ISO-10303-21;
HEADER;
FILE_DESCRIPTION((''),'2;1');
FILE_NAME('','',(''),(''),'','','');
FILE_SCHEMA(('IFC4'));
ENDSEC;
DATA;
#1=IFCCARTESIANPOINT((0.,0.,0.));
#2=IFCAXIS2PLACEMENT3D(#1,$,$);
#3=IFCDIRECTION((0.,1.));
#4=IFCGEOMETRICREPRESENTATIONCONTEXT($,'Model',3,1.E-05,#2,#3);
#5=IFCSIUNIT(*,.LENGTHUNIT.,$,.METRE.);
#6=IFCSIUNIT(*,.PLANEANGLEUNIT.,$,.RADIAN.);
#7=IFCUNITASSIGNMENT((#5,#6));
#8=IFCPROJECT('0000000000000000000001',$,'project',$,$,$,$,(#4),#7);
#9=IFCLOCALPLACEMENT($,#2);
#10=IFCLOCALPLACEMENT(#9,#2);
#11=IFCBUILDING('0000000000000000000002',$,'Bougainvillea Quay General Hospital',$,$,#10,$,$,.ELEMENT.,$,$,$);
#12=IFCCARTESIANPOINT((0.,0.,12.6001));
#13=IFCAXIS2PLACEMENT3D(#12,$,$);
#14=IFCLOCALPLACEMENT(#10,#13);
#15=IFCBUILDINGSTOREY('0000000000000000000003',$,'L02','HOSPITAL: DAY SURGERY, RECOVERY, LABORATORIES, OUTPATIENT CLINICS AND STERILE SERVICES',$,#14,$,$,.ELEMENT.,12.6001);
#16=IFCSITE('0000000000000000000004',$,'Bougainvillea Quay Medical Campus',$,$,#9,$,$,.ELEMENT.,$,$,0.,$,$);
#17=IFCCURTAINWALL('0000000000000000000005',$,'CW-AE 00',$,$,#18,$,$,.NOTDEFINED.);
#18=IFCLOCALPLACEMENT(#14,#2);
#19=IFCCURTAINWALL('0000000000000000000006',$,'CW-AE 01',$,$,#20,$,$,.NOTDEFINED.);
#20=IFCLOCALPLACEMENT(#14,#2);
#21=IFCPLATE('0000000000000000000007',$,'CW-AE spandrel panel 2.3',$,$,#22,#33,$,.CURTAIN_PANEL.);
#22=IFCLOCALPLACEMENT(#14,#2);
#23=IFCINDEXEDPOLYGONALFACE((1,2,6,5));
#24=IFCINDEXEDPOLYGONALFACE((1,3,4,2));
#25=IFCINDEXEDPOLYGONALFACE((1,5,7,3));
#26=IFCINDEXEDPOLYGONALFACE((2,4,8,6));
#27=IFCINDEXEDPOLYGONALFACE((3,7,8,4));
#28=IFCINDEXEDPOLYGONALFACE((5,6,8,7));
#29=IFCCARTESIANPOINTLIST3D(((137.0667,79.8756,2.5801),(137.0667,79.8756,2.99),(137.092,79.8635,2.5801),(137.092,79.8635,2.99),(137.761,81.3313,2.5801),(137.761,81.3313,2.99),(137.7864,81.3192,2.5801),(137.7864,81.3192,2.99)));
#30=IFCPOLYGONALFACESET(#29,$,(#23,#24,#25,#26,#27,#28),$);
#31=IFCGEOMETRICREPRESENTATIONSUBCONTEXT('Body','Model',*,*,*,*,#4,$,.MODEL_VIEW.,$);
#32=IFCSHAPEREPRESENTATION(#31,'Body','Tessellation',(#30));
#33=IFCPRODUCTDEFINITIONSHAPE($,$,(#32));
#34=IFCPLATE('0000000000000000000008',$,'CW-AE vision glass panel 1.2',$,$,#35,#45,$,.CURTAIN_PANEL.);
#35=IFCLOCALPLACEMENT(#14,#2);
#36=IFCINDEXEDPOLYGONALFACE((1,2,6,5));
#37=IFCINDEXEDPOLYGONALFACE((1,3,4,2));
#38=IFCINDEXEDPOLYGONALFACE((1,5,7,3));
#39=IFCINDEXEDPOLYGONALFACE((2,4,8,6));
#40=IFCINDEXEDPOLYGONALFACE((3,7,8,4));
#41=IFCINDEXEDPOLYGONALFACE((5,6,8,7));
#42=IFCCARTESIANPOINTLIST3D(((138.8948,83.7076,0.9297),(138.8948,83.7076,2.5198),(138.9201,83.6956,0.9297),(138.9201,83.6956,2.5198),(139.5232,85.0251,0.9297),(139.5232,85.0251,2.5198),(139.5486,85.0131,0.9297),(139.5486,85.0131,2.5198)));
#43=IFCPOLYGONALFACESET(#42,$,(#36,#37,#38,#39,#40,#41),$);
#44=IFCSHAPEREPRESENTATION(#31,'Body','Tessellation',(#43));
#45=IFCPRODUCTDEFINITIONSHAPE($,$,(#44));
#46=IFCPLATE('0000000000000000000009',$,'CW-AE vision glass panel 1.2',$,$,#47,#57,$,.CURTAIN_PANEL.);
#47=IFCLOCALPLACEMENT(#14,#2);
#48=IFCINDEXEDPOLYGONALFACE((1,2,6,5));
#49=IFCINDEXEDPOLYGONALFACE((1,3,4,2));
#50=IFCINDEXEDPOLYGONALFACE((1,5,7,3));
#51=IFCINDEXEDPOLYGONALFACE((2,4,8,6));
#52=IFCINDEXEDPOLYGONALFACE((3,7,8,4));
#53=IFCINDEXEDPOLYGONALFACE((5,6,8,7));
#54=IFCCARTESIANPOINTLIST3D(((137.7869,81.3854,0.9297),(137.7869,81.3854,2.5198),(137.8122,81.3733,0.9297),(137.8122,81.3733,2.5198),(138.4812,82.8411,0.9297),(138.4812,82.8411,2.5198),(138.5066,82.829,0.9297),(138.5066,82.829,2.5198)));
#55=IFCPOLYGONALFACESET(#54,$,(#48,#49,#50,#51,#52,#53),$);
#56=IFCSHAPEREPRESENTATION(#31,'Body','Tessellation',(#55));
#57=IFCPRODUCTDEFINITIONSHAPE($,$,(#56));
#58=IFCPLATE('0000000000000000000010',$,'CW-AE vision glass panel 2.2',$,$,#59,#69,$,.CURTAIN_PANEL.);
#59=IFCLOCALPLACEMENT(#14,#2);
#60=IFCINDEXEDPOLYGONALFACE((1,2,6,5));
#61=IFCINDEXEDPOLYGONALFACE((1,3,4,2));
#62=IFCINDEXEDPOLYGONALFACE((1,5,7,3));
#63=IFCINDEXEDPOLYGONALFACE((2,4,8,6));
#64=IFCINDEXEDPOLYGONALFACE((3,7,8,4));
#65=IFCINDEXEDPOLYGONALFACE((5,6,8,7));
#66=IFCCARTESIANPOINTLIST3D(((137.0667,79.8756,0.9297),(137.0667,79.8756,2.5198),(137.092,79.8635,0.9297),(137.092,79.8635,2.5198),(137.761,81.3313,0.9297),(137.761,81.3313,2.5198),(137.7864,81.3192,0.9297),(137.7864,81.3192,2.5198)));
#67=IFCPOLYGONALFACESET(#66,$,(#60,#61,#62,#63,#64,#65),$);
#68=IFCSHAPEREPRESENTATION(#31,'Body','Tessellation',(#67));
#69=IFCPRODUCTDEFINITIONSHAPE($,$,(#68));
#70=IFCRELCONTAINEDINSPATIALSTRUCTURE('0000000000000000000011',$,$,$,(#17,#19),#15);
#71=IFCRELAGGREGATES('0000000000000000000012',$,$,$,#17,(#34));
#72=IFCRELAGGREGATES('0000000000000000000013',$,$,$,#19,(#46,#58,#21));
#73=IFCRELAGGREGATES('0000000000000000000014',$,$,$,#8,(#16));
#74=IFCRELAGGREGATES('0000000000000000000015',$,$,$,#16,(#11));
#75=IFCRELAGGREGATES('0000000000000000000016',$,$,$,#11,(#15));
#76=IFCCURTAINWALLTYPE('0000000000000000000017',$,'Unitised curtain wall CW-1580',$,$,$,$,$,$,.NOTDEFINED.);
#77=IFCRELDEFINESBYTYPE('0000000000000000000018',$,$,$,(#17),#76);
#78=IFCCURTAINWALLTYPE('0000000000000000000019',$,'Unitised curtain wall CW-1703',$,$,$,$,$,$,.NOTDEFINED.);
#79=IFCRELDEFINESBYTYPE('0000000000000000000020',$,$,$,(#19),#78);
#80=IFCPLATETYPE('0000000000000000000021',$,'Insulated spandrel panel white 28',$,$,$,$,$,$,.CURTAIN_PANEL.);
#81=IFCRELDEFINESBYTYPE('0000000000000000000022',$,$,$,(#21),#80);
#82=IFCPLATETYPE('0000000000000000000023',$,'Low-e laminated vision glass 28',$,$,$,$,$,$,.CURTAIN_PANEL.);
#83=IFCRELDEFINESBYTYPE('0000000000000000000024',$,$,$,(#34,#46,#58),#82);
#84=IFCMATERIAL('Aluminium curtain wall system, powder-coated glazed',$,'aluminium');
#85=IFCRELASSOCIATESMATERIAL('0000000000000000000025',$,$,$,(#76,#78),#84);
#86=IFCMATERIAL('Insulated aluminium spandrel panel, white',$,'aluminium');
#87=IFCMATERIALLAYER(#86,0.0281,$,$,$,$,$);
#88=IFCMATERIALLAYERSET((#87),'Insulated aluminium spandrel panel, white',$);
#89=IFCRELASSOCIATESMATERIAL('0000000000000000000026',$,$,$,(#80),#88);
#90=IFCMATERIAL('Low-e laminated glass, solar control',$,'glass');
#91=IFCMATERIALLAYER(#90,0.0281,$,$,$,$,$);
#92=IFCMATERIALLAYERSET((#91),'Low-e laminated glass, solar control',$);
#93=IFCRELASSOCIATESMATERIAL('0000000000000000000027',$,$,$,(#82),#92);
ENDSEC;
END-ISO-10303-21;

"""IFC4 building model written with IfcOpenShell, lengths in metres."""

from ifc_helpers import new_model, si_unit, direction, frame, origin, origin_2d, place, context, subcontext, project, spatial, rectangle, extrude, material, layer, layer_set, type_object, element, aggregate, save


model = new_model("IFC4")

# Units and contexts
model_context = context("Model", 3, precision=1e-05, world=origin(), true_north=direction((0.0, 1.0)))
body_context = subcontext(model_context, "Body", "Model", "MODEL_VIEW")
ifc_project = project(units=[si_unit("LENGTHUNIT", "METRE"), si_unit("PLANEANGLEUNIT", "RADIAN")], contexts=[model_context])

# Site, building, storey
site_placement = place(None, origin())
site = spatial("IfcSite", under=ifc_project, at=site_placement, Name="Bougainvillea Quay Medical Campus", CompositionType="ELEMENT", RefElevation=0.0)
building_placement = place(site_placement, origin())
building = spatial("IfcBuilding", under=site, at=building_placement, Name="Bougainvillea Quay General Hospital", CompositionType="ELEMENT")
storey_placement = place(building_placement, frame((0.0, 0.0, 12.6001)))
storey = spatial("IfcBuildingStorey", under=building, at=storey_placement, Name="L02", Description="HOSPITAL: DAY SURGERY, RECOVERY, LABORATORIES, OUTPATIENT CLINICS AND STERILE SERVICES", CompositionType="ELEMENT", Elevation=12.6001)

# Shared definitions
ifc_material_1 = material(Name="Aluminium curtain wall system, powder-coated glazed", Category="aluminium")

# Curtain walls
curtain_wall_type_1 = type_object("IfcCurtainWallType", Name="Unitised curtain wall CW-1580", PredefinedType="NOTDEFINED", material=ifc_material_1)
curtain_wall_1_placement = place(storey_placement, origin())
curtain_wall_1 = element("IfcCurtainWall", 1, at=curtain_wall_1_placement, inside=storey, type_object=curtain_wall_type_1, Name="CW-AE 00", PredefinedType="NOTDEFINED")
curtain_wall_type_2 = type_object("IfcCurtainWallType", Name="Unitised curtain wall CW-1703", PredefinedType="NOTDEFINED", material=ifc_material_1)
curtain_wall_2_placement = place(storey_placement, origin())
curtain_wall_2 = element("IfcCurtainWall", 2, at=curtain_wall_2_placement, inside=storey, type_object=curtain_wall_type_2, Name="CW-AE 01", PredefinedType="NOTDEFINED")

# Plates
ifc_material_2 = material(Name="Insulated aluminium spandrel panel, white", Category="aluminium")
ifc_layer_1 = layer(ifc_material_2, 0.0281)
ifc_layer_set_1 = layer_set([ifc_layer_1], Name="Insulated aluminium spandrel panel, white")
plate_type_1 = type_object("IfcPlateType", Name="Insulated spandrel panel white 28", PredefinedType="CURTAIN_PANEL", material=ifc_layer_set_1)
plate_1_placement = place(storey_placement, frame((137.4265, 80.5974, 2.5801), z_axis=(0.0, 0.0, 1.0), x_axis=(-0.43053, -0.902576, 0.0)))
plate_1 = element("IfcPlate", 3, at=plate_1_placement, type_object=plate_type_1, Name="CW-AE spandrel panel 2.3", PredefinedType="CURTAIN_PANEL", context=body_context, shape_type="SweptSolid", body=[
    extrude(rectangle(XDim=1.6128, YDim=0.0281, at=origin_2d()), origin(), (0.0, 0.0, 1.0), 0.4099),
])
ifc_material_3 = material(Name="Low-e laminated glass, solar control", Category="glass")
ifc_layer_2 = layer(ifc_material_3, 0.0281)
ifc_layer_set_2 = layer_set([ifc_layer_2], Name="Low-e laminated glass, solar control")
plate_type_2 = type_object("IfcPlateType", Name="Low-e laminated vision glass 28", PredefinedType="CURTAIN_PANEL", material=ifc_layer_set_2)
plate_2_placement = place(storey_placement, frame((139.2217, 84.3604, 0.9297), z_axis=(0.0, 0.0, 1.0), x_axis=(-0.43053, -0.902576, 0.0)))
plate_2 = element("IfcPlate", 4, at=plate_2_placement, type_object=plate_type_2, Name="CW-AE vision glass panel 1.2", PredefinedType="CURTAIN_PANEL", context=body_context, shape_type="SweptSolid", body=[
    extrude(rectangle(XDim=1.4597, YDim=0.0281, at=origin_2d()), origin(), (0.0, 0.0, 1.0), 1.5901),
])
aggregate(curtain_wall_1, [plate_2])
plate_3_placement = place(storey_placement, frame((138.1467, 82.1072, 0.9297), z_axis=(0.0, 0.0, 1.0), x_axis=(-0.43053, -0.902576, 0.0)))
plate_3 = element("IfcPlate", 5, at=plate_3_placement, type_object=plate_type_2, Name="CW-AE vision glass panel 1.2", PredefinedType="CURTAIN_PANEL", context=body_context, shape_type="SweptSolid", body=[
    extrude(rectangle(XDim=1.6128, YDim=0.0281, at=origin_2d()), origin(), (0.0, 0.0, 1.0), 1.5901),
])
plate_4_placement = place(storey_placement, frame((137.4265, 80.5974, 0.9297), z_axis=(0.0, 0.0, 1.0), x_axis=(-0.43053, -0.902576, 0.0)))
plate_4 = element("IfcPlate", 6, at=plate_4_placement, type_object=plate_type_2, Name="CW-AE vision glass panel 2.2", PredefinedType="CURTAIN_PANEL", context=body_context, shape_type="SweptSolid", body=[
    extrude(rectangle(XDim=1.6128, YDim=0.0281, at=origin_2d()), origin(), (0.0, 0.0, 1.0), 1.5901),
])
aggregate(curtain_wall_2, [plate_3, plate_4, plate_1])

save(model, "model.ifc")
